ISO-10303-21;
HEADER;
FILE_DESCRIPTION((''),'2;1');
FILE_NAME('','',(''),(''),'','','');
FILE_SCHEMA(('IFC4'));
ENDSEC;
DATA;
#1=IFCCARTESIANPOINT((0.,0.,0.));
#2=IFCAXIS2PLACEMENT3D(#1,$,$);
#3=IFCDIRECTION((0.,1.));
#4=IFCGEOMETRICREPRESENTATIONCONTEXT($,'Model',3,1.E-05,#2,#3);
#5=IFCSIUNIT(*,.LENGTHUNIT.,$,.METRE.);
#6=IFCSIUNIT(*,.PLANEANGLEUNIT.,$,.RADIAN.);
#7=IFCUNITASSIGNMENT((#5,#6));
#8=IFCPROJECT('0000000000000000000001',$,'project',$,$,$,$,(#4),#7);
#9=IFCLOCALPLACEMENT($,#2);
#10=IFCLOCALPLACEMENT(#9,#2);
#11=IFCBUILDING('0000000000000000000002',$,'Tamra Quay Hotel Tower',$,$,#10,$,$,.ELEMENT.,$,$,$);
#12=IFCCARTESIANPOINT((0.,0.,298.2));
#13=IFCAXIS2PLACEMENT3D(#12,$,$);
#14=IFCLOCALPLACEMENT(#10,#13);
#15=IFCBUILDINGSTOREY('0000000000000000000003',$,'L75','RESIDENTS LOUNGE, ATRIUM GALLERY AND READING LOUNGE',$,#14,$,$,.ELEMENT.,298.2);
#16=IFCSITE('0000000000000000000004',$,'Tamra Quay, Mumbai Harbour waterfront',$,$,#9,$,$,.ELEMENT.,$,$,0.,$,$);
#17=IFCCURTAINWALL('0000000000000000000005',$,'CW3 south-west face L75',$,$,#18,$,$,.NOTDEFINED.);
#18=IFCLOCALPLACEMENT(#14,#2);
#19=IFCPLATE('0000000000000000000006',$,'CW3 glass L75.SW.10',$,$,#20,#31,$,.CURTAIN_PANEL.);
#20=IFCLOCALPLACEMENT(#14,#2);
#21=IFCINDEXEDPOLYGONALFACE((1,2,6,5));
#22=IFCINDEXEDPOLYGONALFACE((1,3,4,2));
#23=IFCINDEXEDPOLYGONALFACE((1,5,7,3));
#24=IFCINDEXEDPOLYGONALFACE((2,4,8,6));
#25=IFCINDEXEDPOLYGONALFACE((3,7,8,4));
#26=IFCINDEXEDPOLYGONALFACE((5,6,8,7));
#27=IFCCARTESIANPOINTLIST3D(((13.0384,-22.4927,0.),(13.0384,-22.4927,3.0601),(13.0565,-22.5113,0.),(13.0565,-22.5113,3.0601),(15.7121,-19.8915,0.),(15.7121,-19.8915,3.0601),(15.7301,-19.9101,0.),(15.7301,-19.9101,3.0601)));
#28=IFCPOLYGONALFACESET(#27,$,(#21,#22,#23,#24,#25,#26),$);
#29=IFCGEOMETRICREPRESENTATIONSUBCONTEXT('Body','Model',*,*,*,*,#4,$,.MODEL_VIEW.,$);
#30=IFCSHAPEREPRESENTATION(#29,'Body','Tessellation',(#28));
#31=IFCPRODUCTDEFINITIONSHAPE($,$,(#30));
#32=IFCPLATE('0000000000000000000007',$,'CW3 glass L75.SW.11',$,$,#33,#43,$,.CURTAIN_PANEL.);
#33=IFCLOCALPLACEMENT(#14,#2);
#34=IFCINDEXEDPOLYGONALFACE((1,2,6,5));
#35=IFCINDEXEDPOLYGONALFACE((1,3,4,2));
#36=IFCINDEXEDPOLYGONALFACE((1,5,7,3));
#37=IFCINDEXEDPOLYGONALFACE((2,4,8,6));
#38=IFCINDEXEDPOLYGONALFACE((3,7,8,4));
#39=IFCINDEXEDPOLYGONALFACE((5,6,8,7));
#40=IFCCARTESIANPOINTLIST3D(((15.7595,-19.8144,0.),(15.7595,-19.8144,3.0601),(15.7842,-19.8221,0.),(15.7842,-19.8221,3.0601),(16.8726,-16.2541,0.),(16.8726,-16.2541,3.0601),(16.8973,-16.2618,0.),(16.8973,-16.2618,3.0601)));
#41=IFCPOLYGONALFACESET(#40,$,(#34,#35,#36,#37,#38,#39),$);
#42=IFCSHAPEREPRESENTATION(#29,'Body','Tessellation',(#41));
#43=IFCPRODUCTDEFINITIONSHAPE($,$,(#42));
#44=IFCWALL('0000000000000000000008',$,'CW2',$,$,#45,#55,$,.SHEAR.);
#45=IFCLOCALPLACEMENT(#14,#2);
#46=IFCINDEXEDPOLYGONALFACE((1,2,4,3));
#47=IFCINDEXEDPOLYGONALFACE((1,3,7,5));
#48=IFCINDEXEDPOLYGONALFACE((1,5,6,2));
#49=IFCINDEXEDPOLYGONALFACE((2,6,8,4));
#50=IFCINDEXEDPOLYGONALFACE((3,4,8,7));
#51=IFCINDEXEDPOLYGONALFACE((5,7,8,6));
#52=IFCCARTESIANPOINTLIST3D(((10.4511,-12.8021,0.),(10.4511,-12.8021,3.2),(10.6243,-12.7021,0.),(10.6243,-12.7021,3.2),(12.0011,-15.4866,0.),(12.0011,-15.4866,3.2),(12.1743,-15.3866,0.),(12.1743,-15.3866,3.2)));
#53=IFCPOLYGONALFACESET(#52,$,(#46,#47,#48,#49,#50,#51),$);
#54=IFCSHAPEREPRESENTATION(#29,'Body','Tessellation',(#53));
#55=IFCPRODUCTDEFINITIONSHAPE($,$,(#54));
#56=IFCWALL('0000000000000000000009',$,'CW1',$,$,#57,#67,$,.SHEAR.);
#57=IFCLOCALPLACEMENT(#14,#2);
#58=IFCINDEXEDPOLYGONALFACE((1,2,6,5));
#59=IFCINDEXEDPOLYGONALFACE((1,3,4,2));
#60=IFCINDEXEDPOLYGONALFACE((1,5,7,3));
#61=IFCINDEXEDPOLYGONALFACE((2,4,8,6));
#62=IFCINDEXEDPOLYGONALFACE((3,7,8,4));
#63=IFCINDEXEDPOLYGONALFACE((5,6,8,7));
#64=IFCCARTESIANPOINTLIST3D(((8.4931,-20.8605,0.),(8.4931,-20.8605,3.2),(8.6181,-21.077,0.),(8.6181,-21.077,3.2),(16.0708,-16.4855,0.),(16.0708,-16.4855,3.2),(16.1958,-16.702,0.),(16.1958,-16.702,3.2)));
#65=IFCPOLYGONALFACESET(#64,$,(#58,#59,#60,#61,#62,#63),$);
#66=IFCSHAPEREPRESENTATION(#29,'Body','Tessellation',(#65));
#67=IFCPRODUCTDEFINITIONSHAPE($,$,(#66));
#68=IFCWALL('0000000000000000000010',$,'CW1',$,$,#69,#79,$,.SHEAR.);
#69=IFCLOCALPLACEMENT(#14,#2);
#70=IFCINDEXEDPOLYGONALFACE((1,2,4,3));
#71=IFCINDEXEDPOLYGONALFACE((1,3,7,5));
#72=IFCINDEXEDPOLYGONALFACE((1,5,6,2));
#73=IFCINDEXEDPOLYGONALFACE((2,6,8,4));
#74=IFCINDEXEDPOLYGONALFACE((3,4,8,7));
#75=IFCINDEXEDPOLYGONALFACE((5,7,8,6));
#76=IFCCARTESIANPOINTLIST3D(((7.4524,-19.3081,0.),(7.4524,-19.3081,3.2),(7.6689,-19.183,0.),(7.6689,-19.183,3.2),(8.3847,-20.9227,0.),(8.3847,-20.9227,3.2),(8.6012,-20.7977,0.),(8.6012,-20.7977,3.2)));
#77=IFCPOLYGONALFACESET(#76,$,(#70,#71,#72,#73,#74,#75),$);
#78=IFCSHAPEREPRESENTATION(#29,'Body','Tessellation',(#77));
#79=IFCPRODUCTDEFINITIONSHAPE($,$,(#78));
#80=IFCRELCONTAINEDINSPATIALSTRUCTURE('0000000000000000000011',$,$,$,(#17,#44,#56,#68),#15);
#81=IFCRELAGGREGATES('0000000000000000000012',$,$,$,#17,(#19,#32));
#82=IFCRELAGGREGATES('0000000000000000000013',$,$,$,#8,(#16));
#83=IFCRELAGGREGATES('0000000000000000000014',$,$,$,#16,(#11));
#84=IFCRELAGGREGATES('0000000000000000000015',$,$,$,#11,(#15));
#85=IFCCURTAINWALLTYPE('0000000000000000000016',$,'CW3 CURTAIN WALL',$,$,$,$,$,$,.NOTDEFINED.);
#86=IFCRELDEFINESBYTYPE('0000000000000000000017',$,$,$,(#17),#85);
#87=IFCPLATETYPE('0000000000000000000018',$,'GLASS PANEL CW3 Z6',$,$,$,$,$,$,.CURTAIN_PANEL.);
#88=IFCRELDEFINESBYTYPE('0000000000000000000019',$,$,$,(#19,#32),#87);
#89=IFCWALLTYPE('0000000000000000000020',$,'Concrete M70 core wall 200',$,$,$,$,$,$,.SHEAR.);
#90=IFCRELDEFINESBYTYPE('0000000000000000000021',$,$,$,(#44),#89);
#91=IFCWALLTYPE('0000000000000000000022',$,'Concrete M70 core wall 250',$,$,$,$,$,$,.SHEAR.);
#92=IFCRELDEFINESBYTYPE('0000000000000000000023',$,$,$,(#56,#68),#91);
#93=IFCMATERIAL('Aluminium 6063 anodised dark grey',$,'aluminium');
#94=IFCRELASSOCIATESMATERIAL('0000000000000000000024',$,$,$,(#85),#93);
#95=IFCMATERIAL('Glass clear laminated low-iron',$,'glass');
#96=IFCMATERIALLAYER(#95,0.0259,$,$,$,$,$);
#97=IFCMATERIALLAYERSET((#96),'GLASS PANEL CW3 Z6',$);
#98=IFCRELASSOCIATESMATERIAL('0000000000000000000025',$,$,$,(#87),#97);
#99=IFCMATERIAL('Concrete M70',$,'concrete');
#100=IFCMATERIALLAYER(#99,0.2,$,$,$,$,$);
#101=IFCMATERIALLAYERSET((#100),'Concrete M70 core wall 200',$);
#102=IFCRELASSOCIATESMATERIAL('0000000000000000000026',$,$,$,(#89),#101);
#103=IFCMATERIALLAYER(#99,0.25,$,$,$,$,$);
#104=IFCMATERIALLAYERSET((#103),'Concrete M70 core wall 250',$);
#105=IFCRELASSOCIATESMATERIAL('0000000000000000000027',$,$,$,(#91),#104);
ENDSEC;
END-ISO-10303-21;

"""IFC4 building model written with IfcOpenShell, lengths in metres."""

from ifc_helpers import new_model, si_unit, direction, frame, frame_2d, origin, origin_2d, place, context, subcontext, project, spatial, rectangle, extrude, material, layer, layer_set, type_object, element, aggregate, save


model = new_model("IFC4")

# Units and contexts
model_context = context("Model", 3, precision=1e-05, world=origin(), true_north=direction((0.0, 1.0)))
body_context = subcontext(model_context, "Body", "Model", "MODEL_VIEW")
ifc_project = project(units=[si_unit("LENGTHUNIT", "METRE"), si_unit("PLANEANGLEUNIT", "RADIAN")], contexts=[model_context])

# Site, building, storey
site_placement = place(None, origin())
site = spatial("IfcSite", under=ifc_project, at=site_placement, Name="Tamra Quay, Mumbai Harbour waterfront", CompositionType="ELEMENT", RefElevation=0.0)
building_placement = place(site_placement, origin())
building = spatial("IfcBuilding", under=site, at=building_placement, Name="Tamra Quay Hotel Tower", CompositionType="ELEMENT")
storey_placement = place(building_placement, frame((0.0, 0.0, 298.2)))
storey = spatial("IfcBuildingStorey", under=building, at=storey_placement, Name="L75", Description="RESIDENTS LOUNGE, ATRIUM GALLERY AND READING LOUNGE", CompositionType="ELEMENT", Elevation=298.2)

# Shared definitions
ifc_material_1 = material(Name="Concrete M70", Category="concrete")

# Shared definitions
ifc_material_2 = material(Name="Aluminium 6063 anodised dark grey", Category="aluminium")

# Curtain wall
curtain_wall_type_1 = type_object("IfcCurtainWallType", Name="CW3 CURTAIN WALL", PredefinedType="NOTDEFINED", material=ifc_material_2)
curtain_wall_1_placement = place(storey_placement, origin())
curtain_wall_1 = element("IfcCurtainWall", 1, at=curtain_wall_1_placement, inside=storey, type_object=curtain_wall_type_1, Name="CW3 south-west face L75", PredefinedType="NOTDEFINED")

# Plates
ifc_material_3 = material(Name="Glass clear laminated low-iron", Category="glass")
ifc_layer_1 = layer(ifc_material_3, 0.0259)
ifc_layer_set_1 = layer_set([ifc_layer_1], Name="GLASS PANEL CW3 Z6")
plate_type = type_object("IfcPlateType", Name="GLASS PANEL CW3 Z6", PredefinedType="CURTAIN_PANEL", material=ifc_layer_set_1)
plate_1_placement = place(storey_placement, frame((14.3843, -21.2014, 0.0), z_axis=(0.0, 0.0, 1.0), x_axis=(0.716753, 0.697327, 0.0)))
plate_1 = element("IfcPlate", 2, at=plate_1_placement, type_object=plate_type, Name="CW3 glass L75.SW.10", PredefinedType="CURTAIN_PANEL", context=body_context, shape_type="SweptSolid", body=[
    extrude(rectangle(XDim=3.7302, YDim=0.0259, at=origin_2d()), origin(), (0.0, 0.0, 1.0), 3.0601),
])
plate_2_placement = place(storey_placement, frame((16.3284, -18.0381, 0.0), z_axis=(0.0, 0.0, 1.0), x_axis=(0.298392, 0.954443, 0.0)))
plate_2 = element("IfcPlate", 3, at=plate_2_placement, type_object=plate_type, Name="CW3 glass L75.SW.11", PredefinedType="CURTAIN_PANEL", context=body_context, shape_type="SweptSolid", body=[
    extrude(rectangle(XDim=3.7302, YDim=0.0259, at=origin_2d()), origin(), (0.0, 0.0, 1.0), 3.0601),
])
aggregate(curtain_wall_1, [plate_1, plate_2])

# Walls
ifc_layer_2 = layer(ifc_material_1, 0.2)
ifc_layer_set_2 = layer_set([ifc_layer_2], Name="Concrete M70 core wall 200")
wall_type_1 = type_object("IfcWallType", Name="Concrete M70 core wall 200", PredefinedType="SHEAR", material=ifc_layer_set_2)
wall_1_placement = place(storey_placement, frame((12.0876, -15.4365, 0.0), z_axis=(0.0, 0.0, 1.0), x_axis=(-0.500027, 0.86601, 0.0)))
element("IfcWall", 4, at=wall_1_placement, inside=storey, type_object=wall_type_1, Name="CW2", PredefinedType="SHEAR", context=body_context, shape_type="SweptSolid", body=[
    extrude(rectangle(XDim=3.0999, YDim=0.2, at=frame_2d((1.5498, 0.0))), origin(), (0.0, 0.0, 1.0), 3.2),
])
ifc_layer_3 = layer(ifc_material_1, 0.25)
ifc_layer_set_3 = layer_set([ifc_layer_3], Name="Concrete M70 core wall 250")
wall_type_2 = type_object("IfcWallType", Name="Concrete M70 core wall 250", PredefinedType="SHEAR", material=ifc_layer_set_3)
wall_2_placement = place(storey_placement, frame((16.1333, -16.5938, 0.0), z_axis=(0.0, 0.0, 1.0), x_axis=(-0.866023, -0.500004, 0.0)))
element("IfcWall", 5, at=wall_2_placement, inside=storey, type_object=wall_type_2, Name="CW1", PredefinedType="SHEAR", context=body_context, shape_type="SweptSolid", body=[
    extrude(rectangle(XDim=8.75, YDim=0.25, at=frame_2d((4.375, 0.0))), origin(), (0.0, 0.0, 1.0), 3.2),
])
wall_3_placement = place(storey_placement, frame((8.4929, -20.8601, 0.0), z_axis=(0.0, 0.0, 1.0), x_axis=(-0.50004, 0.866002, 0.0)))
element("IfcWall", 6, at=wall_3_placement, inside=storey, type_object=wall_type_2, Name="CW1", PredefinedType="SHEAR", context=body_context, shape_type="SweptSolid", body=[
    extrude(rectangle(XDim=1.8645, YDim=0.25, at=frame_2d((0.9321, 0.0))), origin(), (0.0, 0.0, 1.0), 3.2),
])

save(model, "model.ifc")
